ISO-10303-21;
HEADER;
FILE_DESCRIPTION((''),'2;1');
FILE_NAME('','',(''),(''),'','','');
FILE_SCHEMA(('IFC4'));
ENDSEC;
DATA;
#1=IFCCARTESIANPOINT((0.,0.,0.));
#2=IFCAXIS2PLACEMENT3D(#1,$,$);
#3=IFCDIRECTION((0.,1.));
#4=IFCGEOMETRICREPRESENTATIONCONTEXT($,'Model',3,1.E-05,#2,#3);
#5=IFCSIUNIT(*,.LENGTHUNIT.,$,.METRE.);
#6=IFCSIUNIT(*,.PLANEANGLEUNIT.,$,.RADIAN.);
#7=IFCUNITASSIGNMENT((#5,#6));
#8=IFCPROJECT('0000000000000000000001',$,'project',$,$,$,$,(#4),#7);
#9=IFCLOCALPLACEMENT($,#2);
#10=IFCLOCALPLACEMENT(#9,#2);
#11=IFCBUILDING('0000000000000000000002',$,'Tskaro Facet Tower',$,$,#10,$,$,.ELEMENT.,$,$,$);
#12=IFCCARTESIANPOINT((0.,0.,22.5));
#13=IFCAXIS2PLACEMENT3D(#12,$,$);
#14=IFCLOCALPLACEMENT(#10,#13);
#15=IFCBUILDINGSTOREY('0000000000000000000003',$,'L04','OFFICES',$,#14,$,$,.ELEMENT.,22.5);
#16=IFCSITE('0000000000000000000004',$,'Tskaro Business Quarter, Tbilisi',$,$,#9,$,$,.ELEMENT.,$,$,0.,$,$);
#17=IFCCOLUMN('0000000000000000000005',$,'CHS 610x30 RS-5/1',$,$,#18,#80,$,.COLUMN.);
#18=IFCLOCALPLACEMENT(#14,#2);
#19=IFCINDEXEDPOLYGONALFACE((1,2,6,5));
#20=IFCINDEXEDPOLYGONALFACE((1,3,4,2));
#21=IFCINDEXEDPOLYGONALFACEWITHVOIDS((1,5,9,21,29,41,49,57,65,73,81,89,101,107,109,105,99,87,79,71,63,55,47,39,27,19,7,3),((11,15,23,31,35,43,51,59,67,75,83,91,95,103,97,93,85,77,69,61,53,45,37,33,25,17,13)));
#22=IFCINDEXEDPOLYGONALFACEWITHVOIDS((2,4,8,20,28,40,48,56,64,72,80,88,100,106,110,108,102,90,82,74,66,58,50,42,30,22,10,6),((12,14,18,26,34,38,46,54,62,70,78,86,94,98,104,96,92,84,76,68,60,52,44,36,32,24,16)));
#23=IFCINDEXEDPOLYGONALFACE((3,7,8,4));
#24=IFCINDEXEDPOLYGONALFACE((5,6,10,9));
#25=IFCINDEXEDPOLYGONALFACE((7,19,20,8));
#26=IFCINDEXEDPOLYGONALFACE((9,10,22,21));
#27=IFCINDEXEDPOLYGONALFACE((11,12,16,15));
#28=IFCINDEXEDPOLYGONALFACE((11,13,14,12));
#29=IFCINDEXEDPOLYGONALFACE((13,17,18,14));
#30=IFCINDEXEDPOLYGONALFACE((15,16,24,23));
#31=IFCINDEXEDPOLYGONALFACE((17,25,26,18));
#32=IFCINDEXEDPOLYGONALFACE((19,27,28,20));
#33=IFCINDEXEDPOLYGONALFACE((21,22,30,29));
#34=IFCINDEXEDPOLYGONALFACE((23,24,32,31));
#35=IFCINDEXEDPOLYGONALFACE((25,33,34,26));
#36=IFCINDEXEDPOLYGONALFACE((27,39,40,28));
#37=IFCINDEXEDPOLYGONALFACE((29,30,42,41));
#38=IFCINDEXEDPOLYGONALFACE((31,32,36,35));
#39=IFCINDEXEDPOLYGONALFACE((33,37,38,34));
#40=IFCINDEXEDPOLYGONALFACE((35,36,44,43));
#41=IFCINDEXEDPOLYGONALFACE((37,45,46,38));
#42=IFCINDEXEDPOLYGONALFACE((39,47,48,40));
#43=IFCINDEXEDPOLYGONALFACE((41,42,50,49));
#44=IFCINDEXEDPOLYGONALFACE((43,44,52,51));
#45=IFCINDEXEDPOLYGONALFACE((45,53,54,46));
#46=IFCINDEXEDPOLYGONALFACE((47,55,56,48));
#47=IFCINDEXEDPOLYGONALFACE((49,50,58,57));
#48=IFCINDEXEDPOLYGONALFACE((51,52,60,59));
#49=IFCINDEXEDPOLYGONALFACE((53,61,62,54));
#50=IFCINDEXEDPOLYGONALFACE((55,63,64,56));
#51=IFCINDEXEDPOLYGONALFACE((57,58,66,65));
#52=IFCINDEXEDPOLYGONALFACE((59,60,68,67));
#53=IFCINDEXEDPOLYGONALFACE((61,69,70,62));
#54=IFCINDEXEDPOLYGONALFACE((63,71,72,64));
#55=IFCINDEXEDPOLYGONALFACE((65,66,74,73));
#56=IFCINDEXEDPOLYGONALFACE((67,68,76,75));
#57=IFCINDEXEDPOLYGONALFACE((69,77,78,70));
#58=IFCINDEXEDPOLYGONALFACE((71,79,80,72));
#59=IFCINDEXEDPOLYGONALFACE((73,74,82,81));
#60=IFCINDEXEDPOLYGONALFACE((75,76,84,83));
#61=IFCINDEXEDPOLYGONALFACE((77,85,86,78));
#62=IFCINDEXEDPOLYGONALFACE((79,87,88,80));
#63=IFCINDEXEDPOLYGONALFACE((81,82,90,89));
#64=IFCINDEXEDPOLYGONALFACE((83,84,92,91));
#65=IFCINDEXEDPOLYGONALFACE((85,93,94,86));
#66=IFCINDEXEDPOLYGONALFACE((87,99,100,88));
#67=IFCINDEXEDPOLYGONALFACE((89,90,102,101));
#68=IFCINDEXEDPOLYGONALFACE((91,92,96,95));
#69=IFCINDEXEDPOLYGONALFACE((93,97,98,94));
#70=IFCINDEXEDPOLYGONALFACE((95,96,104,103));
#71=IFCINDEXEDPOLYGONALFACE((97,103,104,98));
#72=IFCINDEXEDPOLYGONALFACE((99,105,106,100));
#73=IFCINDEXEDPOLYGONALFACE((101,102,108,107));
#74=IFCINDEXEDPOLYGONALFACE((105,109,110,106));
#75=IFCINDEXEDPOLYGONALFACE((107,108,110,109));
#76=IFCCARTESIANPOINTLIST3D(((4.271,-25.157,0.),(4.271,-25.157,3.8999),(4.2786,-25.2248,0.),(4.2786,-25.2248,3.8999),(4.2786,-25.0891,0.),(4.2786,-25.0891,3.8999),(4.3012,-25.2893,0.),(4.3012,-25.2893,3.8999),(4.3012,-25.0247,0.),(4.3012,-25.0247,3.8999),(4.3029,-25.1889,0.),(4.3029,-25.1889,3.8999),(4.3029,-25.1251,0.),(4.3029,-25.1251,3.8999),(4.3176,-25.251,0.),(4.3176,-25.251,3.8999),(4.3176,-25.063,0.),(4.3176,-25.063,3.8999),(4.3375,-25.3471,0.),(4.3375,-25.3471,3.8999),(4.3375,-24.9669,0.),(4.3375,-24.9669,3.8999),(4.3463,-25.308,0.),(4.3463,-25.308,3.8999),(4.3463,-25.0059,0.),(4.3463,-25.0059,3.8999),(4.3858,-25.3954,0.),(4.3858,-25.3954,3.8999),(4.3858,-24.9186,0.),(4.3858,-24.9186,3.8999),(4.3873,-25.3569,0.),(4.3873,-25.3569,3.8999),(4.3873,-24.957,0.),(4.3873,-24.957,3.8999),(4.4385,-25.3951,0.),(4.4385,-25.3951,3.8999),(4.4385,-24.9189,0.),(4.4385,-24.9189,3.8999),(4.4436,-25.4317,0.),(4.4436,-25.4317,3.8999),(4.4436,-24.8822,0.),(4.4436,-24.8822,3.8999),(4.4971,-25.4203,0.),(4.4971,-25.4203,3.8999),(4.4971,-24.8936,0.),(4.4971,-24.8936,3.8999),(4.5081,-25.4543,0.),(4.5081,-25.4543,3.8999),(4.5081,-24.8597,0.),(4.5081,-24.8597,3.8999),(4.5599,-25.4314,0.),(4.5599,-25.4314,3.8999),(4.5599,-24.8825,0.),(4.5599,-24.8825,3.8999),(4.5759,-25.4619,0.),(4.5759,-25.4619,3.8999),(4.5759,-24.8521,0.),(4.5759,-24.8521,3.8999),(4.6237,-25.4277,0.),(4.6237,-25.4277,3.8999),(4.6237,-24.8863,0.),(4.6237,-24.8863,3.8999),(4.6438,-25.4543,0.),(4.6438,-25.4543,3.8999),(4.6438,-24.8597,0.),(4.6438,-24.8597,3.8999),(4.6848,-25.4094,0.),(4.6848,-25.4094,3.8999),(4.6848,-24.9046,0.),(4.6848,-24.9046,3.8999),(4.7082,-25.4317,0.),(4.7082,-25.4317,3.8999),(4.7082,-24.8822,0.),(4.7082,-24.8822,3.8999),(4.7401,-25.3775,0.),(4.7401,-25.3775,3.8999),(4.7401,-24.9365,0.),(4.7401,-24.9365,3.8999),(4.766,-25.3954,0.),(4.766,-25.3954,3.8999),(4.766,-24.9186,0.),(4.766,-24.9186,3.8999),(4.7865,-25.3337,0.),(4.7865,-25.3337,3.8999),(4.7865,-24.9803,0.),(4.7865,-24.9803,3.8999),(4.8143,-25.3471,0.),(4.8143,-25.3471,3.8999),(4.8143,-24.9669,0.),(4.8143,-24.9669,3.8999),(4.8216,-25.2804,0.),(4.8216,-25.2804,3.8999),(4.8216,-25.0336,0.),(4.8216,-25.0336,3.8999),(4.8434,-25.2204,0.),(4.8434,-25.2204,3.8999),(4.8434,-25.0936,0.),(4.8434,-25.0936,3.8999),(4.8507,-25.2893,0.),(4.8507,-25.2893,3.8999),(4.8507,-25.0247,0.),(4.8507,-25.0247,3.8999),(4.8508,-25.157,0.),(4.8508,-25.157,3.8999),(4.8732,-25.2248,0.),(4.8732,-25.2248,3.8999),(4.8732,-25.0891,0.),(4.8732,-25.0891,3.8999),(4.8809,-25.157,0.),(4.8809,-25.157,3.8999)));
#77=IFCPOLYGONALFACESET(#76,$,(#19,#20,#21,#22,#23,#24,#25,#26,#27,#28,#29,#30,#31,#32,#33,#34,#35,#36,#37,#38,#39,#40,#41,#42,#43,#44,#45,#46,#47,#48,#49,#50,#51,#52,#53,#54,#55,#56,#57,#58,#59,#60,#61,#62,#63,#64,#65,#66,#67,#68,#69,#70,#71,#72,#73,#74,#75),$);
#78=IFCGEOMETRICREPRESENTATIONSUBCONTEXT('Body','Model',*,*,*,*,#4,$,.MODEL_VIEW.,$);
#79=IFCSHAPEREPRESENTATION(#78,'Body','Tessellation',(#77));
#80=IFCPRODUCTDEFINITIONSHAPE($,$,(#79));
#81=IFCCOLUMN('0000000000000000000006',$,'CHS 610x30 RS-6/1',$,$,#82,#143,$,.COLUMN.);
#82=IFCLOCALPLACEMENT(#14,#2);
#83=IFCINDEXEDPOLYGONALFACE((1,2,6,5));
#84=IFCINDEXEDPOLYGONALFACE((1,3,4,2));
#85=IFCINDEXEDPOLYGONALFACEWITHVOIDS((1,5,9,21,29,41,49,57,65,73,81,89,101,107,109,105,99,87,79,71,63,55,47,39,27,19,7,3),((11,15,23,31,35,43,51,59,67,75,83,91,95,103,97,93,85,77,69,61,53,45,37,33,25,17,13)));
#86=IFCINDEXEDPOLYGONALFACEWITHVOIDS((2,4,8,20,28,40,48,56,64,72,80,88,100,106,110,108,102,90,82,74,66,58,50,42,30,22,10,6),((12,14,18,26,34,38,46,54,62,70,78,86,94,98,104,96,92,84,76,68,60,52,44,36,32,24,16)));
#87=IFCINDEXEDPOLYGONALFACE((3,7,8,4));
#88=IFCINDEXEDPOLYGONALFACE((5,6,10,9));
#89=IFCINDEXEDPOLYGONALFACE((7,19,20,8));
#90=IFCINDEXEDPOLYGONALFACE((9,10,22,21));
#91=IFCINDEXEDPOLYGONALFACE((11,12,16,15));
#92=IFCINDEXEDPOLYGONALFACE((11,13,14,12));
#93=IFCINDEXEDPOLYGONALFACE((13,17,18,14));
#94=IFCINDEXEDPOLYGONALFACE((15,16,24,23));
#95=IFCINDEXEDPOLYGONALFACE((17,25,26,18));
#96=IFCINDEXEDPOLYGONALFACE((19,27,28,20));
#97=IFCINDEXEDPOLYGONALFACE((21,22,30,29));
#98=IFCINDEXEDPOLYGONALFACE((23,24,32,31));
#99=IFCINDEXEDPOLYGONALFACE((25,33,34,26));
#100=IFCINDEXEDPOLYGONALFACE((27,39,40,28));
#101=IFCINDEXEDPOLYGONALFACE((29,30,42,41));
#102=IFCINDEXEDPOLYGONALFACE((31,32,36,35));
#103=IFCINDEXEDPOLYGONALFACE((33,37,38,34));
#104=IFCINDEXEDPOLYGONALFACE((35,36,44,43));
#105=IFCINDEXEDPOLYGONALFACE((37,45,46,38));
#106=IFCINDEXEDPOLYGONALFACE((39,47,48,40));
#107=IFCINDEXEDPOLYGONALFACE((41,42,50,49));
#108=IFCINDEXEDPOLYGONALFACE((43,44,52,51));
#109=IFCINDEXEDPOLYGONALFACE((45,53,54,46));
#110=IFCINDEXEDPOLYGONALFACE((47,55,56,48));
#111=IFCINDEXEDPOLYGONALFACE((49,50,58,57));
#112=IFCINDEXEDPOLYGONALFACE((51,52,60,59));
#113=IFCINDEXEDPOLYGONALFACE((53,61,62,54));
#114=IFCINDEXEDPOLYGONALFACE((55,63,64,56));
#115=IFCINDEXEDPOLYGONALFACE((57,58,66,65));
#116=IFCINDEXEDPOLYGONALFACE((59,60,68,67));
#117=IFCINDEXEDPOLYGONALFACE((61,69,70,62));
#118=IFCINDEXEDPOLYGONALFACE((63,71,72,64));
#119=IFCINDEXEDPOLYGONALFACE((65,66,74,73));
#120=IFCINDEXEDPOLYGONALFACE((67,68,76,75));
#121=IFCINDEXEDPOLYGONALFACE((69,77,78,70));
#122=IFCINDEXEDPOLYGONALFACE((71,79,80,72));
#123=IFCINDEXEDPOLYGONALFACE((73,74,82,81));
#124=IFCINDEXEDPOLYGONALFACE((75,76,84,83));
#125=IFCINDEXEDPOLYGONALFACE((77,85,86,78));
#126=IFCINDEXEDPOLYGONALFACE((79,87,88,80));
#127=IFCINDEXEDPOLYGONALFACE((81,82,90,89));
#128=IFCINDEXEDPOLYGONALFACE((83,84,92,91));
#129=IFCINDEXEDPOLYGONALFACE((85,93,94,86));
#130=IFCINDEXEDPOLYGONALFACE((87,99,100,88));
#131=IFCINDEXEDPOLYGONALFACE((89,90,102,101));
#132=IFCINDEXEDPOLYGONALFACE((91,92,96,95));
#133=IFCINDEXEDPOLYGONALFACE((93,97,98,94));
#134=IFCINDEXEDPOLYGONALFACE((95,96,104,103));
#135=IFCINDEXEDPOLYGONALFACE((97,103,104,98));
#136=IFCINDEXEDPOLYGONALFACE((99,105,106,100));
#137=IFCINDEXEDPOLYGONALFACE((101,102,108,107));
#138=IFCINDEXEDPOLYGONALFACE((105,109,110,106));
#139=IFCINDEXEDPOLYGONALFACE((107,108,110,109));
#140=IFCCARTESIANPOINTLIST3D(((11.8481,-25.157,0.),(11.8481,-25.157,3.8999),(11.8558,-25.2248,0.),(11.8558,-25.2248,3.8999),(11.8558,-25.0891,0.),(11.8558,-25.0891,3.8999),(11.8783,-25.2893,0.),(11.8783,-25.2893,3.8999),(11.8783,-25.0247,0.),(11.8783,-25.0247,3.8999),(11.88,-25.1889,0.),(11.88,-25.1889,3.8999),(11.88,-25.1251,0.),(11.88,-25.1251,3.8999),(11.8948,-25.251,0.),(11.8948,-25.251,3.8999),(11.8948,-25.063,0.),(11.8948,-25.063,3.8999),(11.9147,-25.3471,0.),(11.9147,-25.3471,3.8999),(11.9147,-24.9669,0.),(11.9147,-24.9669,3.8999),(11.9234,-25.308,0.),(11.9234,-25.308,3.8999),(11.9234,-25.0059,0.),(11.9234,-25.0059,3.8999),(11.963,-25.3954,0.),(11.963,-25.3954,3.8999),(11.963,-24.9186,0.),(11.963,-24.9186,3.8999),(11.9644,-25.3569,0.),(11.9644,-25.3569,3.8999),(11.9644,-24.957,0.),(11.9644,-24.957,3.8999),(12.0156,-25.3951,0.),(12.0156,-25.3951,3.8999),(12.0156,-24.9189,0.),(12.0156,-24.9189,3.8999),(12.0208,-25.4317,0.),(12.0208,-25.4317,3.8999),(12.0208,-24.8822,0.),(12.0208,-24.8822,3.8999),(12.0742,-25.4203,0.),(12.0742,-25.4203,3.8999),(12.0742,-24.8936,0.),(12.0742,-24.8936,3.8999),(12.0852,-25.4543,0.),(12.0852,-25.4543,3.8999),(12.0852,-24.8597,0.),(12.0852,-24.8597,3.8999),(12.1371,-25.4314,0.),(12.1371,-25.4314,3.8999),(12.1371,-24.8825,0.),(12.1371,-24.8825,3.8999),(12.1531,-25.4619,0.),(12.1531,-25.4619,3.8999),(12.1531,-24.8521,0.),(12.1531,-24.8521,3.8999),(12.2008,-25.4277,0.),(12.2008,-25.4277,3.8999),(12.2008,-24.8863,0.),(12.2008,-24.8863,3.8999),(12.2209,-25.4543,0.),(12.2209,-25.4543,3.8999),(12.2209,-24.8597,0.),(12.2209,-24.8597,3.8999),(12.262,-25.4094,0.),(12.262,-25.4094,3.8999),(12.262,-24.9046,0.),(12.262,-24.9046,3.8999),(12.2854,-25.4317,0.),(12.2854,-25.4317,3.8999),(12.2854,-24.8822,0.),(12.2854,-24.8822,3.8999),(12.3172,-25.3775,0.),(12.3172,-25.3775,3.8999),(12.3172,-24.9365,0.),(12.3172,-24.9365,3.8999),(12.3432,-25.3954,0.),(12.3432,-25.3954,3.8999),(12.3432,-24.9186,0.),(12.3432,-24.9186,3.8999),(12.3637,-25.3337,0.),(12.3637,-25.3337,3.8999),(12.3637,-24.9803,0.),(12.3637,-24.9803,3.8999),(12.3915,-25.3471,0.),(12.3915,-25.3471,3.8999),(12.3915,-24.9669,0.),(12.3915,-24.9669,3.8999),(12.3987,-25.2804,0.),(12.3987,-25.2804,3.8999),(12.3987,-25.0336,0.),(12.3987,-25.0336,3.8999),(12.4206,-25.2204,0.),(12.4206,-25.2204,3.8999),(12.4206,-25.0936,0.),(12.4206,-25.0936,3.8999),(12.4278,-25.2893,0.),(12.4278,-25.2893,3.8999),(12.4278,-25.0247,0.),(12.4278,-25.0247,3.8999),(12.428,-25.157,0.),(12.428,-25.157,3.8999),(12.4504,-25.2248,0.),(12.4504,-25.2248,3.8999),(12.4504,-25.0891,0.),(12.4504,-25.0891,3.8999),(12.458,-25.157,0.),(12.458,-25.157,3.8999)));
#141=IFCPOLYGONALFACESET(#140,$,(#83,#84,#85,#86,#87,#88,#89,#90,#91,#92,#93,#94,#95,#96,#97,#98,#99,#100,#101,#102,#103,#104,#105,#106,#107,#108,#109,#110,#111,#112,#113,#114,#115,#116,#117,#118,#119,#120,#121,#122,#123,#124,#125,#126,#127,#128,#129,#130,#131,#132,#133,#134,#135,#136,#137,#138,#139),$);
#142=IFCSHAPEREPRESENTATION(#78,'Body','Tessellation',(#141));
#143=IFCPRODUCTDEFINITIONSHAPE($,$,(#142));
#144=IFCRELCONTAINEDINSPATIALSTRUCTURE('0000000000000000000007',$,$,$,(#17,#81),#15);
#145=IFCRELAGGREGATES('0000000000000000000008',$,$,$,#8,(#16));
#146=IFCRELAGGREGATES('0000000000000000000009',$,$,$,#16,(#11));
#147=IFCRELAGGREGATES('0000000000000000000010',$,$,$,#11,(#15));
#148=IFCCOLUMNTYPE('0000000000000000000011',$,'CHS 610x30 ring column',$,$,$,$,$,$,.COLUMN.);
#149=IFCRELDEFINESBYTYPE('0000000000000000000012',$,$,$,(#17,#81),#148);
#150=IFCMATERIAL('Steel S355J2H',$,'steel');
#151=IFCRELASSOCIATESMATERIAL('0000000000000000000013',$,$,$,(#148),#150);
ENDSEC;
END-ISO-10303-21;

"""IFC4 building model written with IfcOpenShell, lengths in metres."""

from ifc_helpers import new_model, si_unit, direction, frame, origin, origin_2d, place, context, subcontext, project, spatial, hollow_circle, extrude, material, material_profile, profile_set, type_object, element, save


model = new_model("IFC4")

# Units and contexts
model_context = context("Model", 3, precision=1e-05, world=origin(), true_north=direction((0.0, 1.0)))
body_context = subcontext(model_context, "Body", "Model", "MODEL_VIEW")
ifc_project = project(units=[si_unit("LENGTHUNIT", "METRE"), si_unit("PLANEANGLEUNIT", "RADIAN")], contexts=[model_context])

# Site, building, storey
site_placement = place(None, origin())
site = spatial("IfcSite", under=ifc_project, at=site_placement, Name="Tskaro Business Quarter, Tbilisi", CompositionType="ELEMENT", RefElevation=0.0)
building_placement = place(site_placement, origin())
building = spatial("IfcBuilding", under=site, at=building_placement, Name="Tskaro Facet Tower", CompositionType="ELEMENT")
storey_placement = place(building_placement, frame((0.0, 0.0, 22.5)))
storey = spatial("IfcBuildingStorey", under=building, at=storey_placement, Name="L04", Description="OFFICES", CompositionType="ELEMENT", Elevation=22.5)

# Columns
ifc_material_1 = material(Name="Steel S355J2H", Category="steel")
ifc_material_profile_1 = material_profile(ifc_material_1, hollow_circle(Radius=0.3049, WallThickness=0.03, at=origin_2d()), Name="CHS 610x30")
ifc_profile_set_1 = profile_set([ifc_material_profile_1], Name="Steel S355J2H")
column_type_1 = type_object("IfcColumnType", Name="CHS 610x30 ring column", PredefinedType="COLUMN", material=ifc_profile_set_1)
for number, where, z_axis, x_axis, name in (
    (1, (4.5759, -25.157, 0.0), (0.0, 0.0, 1.0), (1.0, 0.0, 0.0), "CHS 610x30 RS-5/1"),
    (2, (12.1531, -25.157, 0.0), (0.0, 0.0, 1.0), (1.0, 0.0, 0.0), "CHS 610x30 RS-6/1"),
):
    element("IfcColumn", number, at=place(storey_placement, frame(where, z_axis=z_axis, x_axis=x_axis)), inside=storey, type_object=column_type_1, Name=name, PredefinedType="COLUMN", context=body_context, shape_type="SweptSolid", body=[
        extrude(hollow_circle(Radius=0.3049, WallThickness=0.03, at=origin_2d()), origin(), (0.0, 0.0, 1.0), 3.8999),
    ])

save(model, "model.ifc")
